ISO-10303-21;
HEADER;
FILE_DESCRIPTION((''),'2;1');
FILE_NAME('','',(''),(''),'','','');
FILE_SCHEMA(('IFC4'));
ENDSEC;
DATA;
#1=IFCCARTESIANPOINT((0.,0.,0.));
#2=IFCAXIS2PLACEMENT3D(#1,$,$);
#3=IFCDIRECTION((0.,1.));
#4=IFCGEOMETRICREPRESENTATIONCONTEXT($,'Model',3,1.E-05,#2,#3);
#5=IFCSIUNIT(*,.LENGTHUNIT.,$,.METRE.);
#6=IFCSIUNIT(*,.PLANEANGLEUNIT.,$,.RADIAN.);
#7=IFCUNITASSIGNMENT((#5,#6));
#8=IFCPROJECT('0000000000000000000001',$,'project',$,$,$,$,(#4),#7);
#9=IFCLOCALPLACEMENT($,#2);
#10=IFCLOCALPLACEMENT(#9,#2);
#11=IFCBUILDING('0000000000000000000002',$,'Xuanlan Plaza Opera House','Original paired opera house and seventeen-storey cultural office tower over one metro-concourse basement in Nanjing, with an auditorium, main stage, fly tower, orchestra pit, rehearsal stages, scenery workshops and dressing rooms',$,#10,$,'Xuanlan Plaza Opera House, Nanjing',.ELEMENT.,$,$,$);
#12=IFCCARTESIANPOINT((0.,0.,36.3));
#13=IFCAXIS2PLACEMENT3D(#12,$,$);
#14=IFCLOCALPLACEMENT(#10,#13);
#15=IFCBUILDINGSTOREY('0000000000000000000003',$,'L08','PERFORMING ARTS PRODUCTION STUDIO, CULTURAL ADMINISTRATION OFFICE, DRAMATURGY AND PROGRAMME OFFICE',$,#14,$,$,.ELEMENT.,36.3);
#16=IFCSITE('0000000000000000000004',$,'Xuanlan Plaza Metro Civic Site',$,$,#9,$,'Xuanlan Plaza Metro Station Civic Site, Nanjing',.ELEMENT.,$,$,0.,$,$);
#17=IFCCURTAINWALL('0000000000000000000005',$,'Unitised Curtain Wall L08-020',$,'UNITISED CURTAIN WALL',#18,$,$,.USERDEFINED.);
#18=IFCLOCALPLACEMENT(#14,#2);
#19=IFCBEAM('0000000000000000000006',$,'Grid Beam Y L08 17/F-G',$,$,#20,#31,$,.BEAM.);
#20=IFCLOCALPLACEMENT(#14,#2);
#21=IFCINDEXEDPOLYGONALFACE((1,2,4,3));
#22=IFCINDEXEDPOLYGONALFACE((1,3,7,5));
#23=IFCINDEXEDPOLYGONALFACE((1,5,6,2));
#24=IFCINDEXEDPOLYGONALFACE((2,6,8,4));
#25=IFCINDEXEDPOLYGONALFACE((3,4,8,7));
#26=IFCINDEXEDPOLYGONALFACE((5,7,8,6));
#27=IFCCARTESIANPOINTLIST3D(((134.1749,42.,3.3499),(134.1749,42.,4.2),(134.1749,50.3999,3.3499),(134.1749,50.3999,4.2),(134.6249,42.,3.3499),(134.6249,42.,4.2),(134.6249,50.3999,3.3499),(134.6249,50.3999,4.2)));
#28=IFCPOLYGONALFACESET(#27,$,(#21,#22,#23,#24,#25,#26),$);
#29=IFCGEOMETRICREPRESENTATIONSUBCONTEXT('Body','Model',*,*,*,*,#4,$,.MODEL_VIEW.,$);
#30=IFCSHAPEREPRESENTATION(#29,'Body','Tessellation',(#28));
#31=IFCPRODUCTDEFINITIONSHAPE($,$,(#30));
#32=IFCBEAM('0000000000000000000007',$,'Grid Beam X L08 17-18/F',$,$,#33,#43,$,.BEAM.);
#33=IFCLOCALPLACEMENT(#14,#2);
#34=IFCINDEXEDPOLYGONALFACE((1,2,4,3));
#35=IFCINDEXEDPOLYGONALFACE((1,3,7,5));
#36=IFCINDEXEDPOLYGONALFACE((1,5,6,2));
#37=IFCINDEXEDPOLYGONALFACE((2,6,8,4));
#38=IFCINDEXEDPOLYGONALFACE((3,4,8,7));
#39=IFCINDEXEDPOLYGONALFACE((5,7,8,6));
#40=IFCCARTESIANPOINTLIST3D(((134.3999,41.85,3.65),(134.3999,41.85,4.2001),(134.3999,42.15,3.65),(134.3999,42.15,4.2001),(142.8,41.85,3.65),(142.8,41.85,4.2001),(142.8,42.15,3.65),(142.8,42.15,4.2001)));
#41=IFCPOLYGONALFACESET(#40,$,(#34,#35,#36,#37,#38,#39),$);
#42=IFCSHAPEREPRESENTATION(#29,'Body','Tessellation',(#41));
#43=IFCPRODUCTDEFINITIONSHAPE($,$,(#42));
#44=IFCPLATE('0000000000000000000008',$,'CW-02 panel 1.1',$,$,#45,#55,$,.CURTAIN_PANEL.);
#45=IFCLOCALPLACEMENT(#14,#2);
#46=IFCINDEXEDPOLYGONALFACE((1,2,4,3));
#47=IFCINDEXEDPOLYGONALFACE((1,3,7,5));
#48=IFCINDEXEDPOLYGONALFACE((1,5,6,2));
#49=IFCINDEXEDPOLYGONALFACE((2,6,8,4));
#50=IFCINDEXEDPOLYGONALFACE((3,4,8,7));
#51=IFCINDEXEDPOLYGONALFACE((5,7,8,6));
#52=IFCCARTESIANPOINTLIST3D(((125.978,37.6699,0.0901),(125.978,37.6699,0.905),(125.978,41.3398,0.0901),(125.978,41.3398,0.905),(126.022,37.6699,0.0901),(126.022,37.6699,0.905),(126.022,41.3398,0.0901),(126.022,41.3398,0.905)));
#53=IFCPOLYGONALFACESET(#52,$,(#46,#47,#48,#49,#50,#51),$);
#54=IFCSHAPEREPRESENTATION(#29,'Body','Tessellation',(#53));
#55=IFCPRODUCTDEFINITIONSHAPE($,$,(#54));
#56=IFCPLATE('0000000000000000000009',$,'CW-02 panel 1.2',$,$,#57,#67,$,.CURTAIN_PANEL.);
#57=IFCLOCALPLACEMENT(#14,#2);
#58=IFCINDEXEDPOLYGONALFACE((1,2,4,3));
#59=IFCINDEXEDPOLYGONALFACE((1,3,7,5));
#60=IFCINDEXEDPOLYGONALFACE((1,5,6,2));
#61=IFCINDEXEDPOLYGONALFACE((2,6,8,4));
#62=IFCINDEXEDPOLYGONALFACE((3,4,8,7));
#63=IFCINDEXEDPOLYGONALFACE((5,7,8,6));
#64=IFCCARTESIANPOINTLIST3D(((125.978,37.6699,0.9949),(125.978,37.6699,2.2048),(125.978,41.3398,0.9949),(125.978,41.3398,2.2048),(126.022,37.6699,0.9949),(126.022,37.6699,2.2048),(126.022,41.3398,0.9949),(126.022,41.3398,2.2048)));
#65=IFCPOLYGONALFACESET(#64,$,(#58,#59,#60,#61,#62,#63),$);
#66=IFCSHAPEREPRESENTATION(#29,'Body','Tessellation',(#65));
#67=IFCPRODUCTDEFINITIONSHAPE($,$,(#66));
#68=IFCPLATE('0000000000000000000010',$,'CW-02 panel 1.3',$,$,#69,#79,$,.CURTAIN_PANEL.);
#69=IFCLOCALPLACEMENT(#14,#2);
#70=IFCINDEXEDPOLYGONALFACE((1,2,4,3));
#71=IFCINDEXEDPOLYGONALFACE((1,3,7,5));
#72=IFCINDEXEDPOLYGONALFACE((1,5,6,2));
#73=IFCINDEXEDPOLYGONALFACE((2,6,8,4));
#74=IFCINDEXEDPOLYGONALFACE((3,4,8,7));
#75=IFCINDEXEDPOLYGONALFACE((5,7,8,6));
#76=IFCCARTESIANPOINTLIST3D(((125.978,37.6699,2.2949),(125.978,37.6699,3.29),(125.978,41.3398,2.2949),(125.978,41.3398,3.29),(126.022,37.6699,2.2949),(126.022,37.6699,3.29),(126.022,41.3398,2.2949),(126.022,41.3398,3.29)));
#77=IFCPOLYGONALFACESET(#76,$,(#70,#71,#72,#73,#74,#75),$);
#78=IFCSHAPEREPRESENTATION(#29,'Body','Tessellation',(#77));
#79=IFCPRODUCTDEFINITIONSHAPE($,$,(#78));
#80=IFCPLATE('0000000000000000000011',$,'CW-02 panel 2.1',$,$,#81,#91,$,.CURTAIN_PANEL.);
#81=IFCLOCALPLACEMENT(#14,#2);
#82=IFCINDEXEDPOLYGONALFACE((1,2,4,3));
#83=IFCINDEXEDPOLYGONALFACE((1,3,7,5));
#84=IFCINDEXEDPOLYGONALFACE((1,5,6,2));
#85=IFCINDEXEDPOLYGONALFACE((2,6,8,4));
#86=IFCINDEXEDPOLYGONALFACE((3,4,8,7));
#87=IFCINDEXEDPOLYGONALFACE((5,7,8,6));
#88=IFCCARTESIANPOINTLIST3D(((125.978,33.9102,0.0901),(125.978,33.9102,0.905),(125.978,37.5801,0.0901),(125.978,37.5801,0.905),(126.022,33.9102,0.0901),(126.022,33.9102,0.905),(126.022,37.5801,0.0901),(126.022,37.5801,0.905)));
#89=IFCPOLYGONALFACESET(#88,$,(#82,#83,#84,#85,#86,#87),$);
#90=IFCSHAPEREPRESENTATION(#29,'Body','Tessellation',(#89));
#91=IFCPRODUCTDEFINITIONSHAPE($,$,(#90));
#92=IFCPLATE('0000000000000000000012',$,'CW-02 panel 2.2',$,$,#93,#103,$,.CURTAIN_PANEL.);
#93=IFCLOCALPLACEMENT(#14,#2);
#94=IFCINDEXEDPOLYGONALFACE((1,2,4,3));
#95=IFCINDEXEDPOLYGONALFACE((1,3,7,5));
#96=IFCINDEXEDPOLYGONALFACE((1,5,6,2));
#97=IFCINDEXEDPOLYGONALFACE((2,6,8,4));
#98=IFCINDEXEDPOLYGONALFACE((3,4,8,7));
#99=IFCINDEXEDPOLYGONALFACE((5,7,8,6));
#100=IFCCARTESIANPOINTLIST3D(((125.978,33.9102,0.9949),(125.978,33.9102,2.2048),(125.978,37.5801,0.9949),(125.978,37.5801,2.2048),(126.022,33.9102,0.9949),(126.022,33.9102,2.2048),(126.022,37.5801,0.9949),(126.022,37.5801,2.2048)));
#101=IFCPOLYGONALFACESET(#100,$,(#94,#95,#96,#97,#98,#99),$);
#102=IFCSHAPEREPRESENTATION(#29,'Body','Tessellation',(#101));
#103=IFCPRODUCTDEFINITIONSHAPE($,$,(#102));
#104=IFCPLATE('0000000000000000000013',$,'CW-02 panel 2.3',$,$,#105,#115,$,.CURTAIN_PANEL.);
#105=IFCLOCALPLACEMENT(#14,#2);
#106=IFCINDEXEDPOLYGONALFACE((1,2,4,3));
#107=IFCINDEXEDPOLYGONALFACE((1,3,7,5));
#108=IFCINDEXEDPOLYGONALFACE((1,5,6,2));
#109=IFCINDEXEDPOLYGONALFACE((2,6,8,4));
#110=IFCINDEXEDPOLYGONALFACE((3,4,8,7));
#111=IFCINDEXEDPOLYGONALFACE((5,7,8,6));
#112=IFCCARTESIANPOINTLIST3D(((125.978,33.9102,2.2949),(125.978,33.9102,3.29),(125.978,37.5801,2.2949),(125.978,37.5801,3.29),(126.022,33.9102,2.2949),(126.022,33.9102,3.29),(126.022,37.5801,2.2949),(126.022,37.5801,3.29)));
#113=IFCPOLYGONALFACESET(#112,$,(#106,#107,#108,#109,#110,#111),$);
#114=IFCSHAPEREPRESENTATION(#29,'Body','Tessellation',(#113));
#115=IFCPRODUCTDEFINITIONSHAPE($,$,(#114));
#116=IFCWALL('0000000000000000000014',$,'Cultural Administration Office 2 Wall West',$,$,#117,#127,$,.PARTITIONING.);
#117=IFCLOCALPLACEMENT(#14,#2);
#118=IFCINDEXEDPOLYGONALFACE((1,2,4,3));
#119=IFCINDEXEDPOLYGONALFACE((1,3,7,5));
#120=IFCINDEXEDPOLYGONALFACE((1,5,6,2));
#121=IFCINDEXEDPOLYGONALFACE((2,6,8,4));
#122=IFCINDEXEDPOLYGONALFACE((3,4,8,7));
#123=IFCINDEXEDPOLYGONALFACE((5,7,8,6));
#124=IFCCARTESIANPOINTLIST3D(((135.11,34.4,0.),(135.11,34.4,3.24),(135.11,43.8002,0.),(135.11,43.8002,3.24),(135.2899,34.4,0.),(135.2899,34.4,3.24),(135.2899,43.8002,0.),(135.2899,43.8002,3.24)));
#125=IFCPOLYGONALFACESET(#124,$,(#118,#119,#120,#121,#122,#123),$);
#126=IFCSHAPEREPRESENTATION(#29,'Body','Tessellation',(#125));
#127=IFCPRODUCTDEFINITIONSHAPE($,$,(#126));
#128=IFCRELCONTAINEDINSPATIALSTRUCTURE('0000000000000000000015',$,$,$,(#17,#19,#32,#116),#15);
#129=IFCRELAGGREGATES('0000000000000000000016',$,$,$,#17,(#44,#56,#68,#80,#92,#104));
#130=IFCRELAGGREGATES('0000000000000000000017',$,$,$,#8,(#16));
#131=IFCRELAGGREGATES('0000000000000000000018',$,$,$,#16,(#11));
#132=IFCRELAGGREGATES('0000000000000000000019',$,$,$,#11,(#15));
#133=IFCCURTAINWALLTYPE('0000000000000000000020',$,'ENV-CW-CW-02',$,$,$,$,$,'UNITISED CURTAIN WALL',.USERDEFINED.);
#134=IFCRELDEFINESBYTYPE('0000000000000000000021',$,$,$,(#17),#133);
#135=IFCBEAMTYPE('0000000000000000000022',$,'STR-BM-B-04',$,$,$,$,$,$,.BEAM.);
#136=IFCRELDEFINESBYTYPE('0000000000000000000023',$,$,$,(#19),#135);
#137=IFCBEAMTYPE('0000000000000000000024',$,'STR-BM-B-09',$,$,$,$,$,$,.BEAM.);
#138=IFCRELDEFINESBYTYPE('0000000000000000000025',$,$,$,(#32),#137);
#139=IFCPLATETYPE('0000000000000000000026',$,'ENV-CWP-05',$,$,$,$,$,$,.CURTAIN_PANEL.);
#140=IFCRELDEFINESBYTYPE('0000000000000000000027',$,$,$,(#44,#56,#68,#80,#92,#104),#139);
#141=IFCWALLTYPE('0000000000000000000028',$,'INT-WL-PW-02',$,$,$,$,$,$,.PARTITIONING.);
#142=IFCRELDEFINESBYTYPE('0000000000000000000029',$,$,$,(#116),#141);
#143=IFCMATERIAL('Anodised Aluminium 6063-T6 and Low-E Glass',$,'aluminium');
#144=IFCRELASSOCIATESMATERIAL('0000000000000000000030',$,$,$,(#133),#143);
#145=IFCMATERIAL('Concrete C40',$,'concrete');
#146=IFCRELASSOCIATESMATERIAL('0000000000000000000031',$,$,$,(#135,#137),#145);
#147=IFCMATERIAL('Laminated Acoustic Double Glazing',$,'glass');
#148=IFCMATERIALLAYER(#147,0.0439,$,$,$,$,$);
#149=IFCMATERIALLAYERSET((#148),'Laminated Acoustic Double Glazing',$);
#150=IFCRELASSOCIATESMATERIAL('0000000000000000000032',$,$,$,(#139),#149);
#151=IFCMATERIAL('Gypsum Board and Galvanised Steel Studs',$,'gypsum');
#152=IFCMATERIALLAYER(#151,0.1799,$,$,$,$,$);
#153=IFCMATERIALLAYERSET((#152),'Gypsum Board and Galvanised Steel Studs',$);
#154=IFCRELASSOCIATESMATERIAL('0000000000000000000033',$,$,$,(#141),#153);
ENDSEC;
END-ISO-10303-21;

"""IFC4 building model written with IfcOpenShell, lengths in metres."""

from ifc_helpers import new_model, si_unit, direction, frame, frame_2d, origin, origin_2d, place, context, subcontext, project, spatial, rectangle, extrude, material, layer, layer_set, material_profile, profile_set, type_object, element, aggregate, save


model = new_model("IFC4")

# Units and contexts
model_context = context("Model", 3, precision=1e-05, world=origin(), true_north=direction((0.0, 1.0)))
body_context = subcontext(model_context, "Body", "Model", "MODEL_VIEW")
ifc_project = project(units=[si_unit("LENGTHUNIT", "METRE"), si_unit("PLANEANGLEUNIT", "RADIAN")], contexts=[model_context])

# Site, building, storey
site_placement = place(None, origin())
site = spatial("IfcSite", under=ifc_project, at=site_placement, Name="Xuanlan Plaza Metro Civic Site", LongName="Xuanlan Plaza Metro Station Civic Site, Nanjing", CompositionType="ELEMENT", RefElevation=0.0)
building_placement = place(site_placement, origin())
building = spatial("IfcBuilding", under=site, at=building_placement, Name="Xuanlan Plaza Opera House", Description="Original paired opera house and seventeen-storey cultural office tower over one metro-concourse basement in Nanjing, with an auditorium, main stage, fly tower, orchestra pit, rehearsal stages, scenery workshops and dressing rooms", LongName="Xuanlan Plaza Opera House, Nanjing", CompositionType="ELEMENT")
storey_placement = place(building_placement, frame((0.0, 0.0, 36.3)))
storey = spatial("IfcBuildingStorey", under=building, at=storey_placement, Name="L08", Description="PERFORMING ARTS PRODUCTION STUDIO, CULTURAL ADMINISTRATION OFFICE, DRAMATURGY AND PROGRAMME OFFICE", CompositionType="ELEMENT", Elevation=36.3)

# Curtain wall
ifc_material_1 = material(Name="Anodised Aluminium 6063-T6 and Low-E Glass", Category="aluminium")
curtain_wall_type = type_object("IfcCurtainWallType", Name="ENV-CW-CW-02", ElementType="UNITISED CURTAIN WALL", PredefinedType="USERDEFINED", material=ifc_material_1)
curtain_wall_placement = place(storey_placement, origin())
curtain_wall = element("IfcCurtainWall", 1, at=curtain_wall_placement, inside=storey, type_object=curtain_wall_type, Name="Unitised Curtain Wall L08-020", ObjectType="UNITISED CURTAIN WALL", PredefinedType="USERDEFINED")

# Beams
ifc_material_2 = material(Name="Concrete C40", Category="concrete")
ifc_material_profile_1 = material_profile(ifc_material_2, rectangle(XDim=0.45, YDim=0.8501, at=origin_2d()), Name="RC-BM 450x850")
ifc_profile_set_1 = profile_set([ifc_material_profile_1], Name="Concrete C40")
beam_type_1 = type_object("IfcBeamType", Name="STR-BM-B-04", PredefinedType="BEAM", material=ifc_profile_set_1)
beam_1_placement = place(storey_placement, frame((134.3999, 42.0, 3.7749), z_axis=(0.0, 1.0, 0.0), x_axis=(-1.0, 0.0, 0.0)))
element("IfcBeam", 2, at=beam_1_placement, inside=storey, type_object=beam_type_1, Name="Grid Beam Y L08 17/F-G", PredefinedType="BEAM", context=body_context, shape_type="SweptSolid", body=[
    extrude(rectangle(XDim=0.45, YDim=0.8501, at=origin_2d()), origin(), (0.0, 0.0, 1.0), 8.3999),
])
ifc_material_profile_2 = material_profile(ifc_material_2, rectangle(XDim=0.3, YDim=0.55, at=origin_2d()), Name="RC-BM 300x550")
ifc_profile_set_2 = profile_set([ifc_material_profile_2], Name="Concrete C40")
beam_type_2 = type_object("IfcBeamType", Name="STR-BM-B-09", PredefinedType="BEAM", material=ifc_profile_set_2)
beam_2_placement = place(storey_placement, frame((134.3999, 42.0, 3.925), z_axis=(1.0, 0.0, 0.0), x_axis=(0.0, 1.0, 0.0)))
element("IfcBeam", 3, at=beam_2_placement, inside=storey, type_object=beam_type_2, Name="Grid Beam X L08 17-18/F", PredefinedType="BEAM", context=body_context, shape_type="SweptSolid", body=[
    extrude(rectangle(XDim=0.3, YDim=0.55, at=origin_2d()), origin(), (0.0, 0.0, 1.0), 8.4001),
])

# Plates
ifc_material_3 = material(Name="Laminated Acoustic Double Glazing", Category="glass")
ifc_layer_1 = layer(ifc_material_3, 0.0439)
ifc_layer_set_1 = layer_set([ifc_layer_1], Name="Laminated Acoustic Double Glazing")
plate_type = type_object("IfcPlateType", Name="ENV-CWP-05", PredefinedType="CURTAIN_PANEL", material=ifc_layer_set_1)
plate_1_placement = place(storey_placement, frame((126.0, 39.5049, 0.0901), z_axis=(0.0, 0.0, 1.0), x_axis=(0.0, -1.0, 0.0)))
plate_1 = element("IfcPlate", 4, at=plate_1_placement, type_object=plate_type, Name="CW-02 panel 1.1", PredefinedType="CURTAIN_PANEL", context=body_context, shape_type="SweptSolid", body=[
    extrude(rectangle(XDim=3.6699, YDim=0.0439, at=origin_2d()), origin(), (0.0, 0.0, 1.0), 0.8149),
])
plate_2_placement = place(storey_placement, frame((126.0, 39.5049, 0.9949), z_axis=(0.0, 0.0, 1.0), x_axis=(0.0, -1.0, 0.0)))
plate_2 = element("IfcPlate", 5, at=plate_2_placement, type_object=plate_type, Name="CW-02 panel 1.2", PredefinedType="CURTAIN_PANEL", context=body_context, shape_type="SweptSolid", body=[
    extrude(rectangle(XDim=3.6699, YDim=0.0439, at=origin_2d()), origin(), (0.0, 0.0, 1.0), 1.21),
])
plate_3_placement = place(storey_placement, frame((126.0, 39.5049, 2.2949), z_axis=(0.0, 0.0, 1.0), x_axis=(0.0, -1.0, 0.0)))
plate_3 = element("IfcPlate", 6, at=plate_3_placement, type_object=plate_type, Name="CW-02 panel 1.3", PredefinedType="CURTAIN_PANEL", context=body_context, shape_type="SweptSolid", body=[
    extrude(rectangle(XDim=3.6699, YDim=0.0439, at=origin_2d()), origin(), (0.0, 0.0, 1.0), 0.9951),
])
plate_4_placement = place(storey_placement, frame((126.0, 35.7451, 0.0901), z_axis=(0.0, 0.0, 1.0), x_axis=(0.0, -1.0, 0.0)))
plate_4 = element("IfcPlate", 7, at=plate_4_placement, type_object=plate_type, Name="CW-02 panel 2.1", PredefinedType="CURTAIN_PANEL", context=body_context, shape_type="SweptSolid", body=[
    extrude(rectangle(XDim=3.6699, YDim=0.0439, at=origin_2d()), origin(), (0.0, 0.0, 1.0), 0.8149),
])
plate_5_placement = place(storey_placement, frame((126.0, 35.7451, 0.9949), z_axis=(0.0, 0.0, 1.0), x_axis=(0.0, -1.0, 0.0)))
plate_5 = element("IfcPlate", 8, at=plate_5_placement, type_object=plate_type, Name="CW-02 panel 2.2", PredefinedType="CURTAIN_PANEL", context=body_context, shape_type="SweptSolid", body=[
    extrude(rectangle(XDim=3.6699, YDim=0.0439, at=origin_2d()), origin(), (0.0, 0.0, 1.0), 1.21),
])
plate_6_placement = place(storey_placement, frame((126.0, 35.7451, 2.2949), z_axis=(0.0, 0.0, 1.0), x_axis=(0.0, -1.0, 0.0)))
plate_6 = element("IfcPlate", 9, at=plate_6_placement, type_object=plate_type, Name="CW-02 panel 2.3", PredefinedType="CURTAIN_PANEL", context=body_context, shape_type="SweptSolid", body=[
    extrude(rectangle(XDim=3.6699, YDim=0.0439, at=origin_2d()), origin(), (0.0, 0.0, 1.0), 0.9951),
])
aggregate(curtain_wall, [plate_1, plate_2, plate_3, plate_4, plate_5, plate_6])

# Wall
ifc_material_4 = material(Name="Gypsum Board and Galvanised Steel Studs", Category="gypsum")
ifc_layer_2 = layer(ifc_material_4, 0.1799)
ifc_layer_set_2 = layer_set([ifc_layer_2], Name="Gypsum Board and Galvanised Steel Studs")
wall_type = type_object("IfcWallType", Name="INT-WL-PW-02", PredefinedType="PARTITIONING", material=ifc_layer_set_2)
wall_placement = place(storey_placement, frame((135.2, 34.3999, 0.0), z_axis=(0.0, 0.0, 1.0), x_axis=(0.0, 1.0, 0.0)))
element("IfcWall", 10, at=wall_placement, inside=storey, type_object=wall_type, Name="Cultural Administration Office 2 Wall West", PredefinedType="PARTITIONING", context=body_context, shape_type="SweptSolid", body=[
    extrude(rectangle(XDim=9.4001, YDim=0.1799, at=frame_2d((4.7002, 0.0))), origin(), (0.0, 0.0, 1.0), 3.24),
])

save(model, "model.ifc")
